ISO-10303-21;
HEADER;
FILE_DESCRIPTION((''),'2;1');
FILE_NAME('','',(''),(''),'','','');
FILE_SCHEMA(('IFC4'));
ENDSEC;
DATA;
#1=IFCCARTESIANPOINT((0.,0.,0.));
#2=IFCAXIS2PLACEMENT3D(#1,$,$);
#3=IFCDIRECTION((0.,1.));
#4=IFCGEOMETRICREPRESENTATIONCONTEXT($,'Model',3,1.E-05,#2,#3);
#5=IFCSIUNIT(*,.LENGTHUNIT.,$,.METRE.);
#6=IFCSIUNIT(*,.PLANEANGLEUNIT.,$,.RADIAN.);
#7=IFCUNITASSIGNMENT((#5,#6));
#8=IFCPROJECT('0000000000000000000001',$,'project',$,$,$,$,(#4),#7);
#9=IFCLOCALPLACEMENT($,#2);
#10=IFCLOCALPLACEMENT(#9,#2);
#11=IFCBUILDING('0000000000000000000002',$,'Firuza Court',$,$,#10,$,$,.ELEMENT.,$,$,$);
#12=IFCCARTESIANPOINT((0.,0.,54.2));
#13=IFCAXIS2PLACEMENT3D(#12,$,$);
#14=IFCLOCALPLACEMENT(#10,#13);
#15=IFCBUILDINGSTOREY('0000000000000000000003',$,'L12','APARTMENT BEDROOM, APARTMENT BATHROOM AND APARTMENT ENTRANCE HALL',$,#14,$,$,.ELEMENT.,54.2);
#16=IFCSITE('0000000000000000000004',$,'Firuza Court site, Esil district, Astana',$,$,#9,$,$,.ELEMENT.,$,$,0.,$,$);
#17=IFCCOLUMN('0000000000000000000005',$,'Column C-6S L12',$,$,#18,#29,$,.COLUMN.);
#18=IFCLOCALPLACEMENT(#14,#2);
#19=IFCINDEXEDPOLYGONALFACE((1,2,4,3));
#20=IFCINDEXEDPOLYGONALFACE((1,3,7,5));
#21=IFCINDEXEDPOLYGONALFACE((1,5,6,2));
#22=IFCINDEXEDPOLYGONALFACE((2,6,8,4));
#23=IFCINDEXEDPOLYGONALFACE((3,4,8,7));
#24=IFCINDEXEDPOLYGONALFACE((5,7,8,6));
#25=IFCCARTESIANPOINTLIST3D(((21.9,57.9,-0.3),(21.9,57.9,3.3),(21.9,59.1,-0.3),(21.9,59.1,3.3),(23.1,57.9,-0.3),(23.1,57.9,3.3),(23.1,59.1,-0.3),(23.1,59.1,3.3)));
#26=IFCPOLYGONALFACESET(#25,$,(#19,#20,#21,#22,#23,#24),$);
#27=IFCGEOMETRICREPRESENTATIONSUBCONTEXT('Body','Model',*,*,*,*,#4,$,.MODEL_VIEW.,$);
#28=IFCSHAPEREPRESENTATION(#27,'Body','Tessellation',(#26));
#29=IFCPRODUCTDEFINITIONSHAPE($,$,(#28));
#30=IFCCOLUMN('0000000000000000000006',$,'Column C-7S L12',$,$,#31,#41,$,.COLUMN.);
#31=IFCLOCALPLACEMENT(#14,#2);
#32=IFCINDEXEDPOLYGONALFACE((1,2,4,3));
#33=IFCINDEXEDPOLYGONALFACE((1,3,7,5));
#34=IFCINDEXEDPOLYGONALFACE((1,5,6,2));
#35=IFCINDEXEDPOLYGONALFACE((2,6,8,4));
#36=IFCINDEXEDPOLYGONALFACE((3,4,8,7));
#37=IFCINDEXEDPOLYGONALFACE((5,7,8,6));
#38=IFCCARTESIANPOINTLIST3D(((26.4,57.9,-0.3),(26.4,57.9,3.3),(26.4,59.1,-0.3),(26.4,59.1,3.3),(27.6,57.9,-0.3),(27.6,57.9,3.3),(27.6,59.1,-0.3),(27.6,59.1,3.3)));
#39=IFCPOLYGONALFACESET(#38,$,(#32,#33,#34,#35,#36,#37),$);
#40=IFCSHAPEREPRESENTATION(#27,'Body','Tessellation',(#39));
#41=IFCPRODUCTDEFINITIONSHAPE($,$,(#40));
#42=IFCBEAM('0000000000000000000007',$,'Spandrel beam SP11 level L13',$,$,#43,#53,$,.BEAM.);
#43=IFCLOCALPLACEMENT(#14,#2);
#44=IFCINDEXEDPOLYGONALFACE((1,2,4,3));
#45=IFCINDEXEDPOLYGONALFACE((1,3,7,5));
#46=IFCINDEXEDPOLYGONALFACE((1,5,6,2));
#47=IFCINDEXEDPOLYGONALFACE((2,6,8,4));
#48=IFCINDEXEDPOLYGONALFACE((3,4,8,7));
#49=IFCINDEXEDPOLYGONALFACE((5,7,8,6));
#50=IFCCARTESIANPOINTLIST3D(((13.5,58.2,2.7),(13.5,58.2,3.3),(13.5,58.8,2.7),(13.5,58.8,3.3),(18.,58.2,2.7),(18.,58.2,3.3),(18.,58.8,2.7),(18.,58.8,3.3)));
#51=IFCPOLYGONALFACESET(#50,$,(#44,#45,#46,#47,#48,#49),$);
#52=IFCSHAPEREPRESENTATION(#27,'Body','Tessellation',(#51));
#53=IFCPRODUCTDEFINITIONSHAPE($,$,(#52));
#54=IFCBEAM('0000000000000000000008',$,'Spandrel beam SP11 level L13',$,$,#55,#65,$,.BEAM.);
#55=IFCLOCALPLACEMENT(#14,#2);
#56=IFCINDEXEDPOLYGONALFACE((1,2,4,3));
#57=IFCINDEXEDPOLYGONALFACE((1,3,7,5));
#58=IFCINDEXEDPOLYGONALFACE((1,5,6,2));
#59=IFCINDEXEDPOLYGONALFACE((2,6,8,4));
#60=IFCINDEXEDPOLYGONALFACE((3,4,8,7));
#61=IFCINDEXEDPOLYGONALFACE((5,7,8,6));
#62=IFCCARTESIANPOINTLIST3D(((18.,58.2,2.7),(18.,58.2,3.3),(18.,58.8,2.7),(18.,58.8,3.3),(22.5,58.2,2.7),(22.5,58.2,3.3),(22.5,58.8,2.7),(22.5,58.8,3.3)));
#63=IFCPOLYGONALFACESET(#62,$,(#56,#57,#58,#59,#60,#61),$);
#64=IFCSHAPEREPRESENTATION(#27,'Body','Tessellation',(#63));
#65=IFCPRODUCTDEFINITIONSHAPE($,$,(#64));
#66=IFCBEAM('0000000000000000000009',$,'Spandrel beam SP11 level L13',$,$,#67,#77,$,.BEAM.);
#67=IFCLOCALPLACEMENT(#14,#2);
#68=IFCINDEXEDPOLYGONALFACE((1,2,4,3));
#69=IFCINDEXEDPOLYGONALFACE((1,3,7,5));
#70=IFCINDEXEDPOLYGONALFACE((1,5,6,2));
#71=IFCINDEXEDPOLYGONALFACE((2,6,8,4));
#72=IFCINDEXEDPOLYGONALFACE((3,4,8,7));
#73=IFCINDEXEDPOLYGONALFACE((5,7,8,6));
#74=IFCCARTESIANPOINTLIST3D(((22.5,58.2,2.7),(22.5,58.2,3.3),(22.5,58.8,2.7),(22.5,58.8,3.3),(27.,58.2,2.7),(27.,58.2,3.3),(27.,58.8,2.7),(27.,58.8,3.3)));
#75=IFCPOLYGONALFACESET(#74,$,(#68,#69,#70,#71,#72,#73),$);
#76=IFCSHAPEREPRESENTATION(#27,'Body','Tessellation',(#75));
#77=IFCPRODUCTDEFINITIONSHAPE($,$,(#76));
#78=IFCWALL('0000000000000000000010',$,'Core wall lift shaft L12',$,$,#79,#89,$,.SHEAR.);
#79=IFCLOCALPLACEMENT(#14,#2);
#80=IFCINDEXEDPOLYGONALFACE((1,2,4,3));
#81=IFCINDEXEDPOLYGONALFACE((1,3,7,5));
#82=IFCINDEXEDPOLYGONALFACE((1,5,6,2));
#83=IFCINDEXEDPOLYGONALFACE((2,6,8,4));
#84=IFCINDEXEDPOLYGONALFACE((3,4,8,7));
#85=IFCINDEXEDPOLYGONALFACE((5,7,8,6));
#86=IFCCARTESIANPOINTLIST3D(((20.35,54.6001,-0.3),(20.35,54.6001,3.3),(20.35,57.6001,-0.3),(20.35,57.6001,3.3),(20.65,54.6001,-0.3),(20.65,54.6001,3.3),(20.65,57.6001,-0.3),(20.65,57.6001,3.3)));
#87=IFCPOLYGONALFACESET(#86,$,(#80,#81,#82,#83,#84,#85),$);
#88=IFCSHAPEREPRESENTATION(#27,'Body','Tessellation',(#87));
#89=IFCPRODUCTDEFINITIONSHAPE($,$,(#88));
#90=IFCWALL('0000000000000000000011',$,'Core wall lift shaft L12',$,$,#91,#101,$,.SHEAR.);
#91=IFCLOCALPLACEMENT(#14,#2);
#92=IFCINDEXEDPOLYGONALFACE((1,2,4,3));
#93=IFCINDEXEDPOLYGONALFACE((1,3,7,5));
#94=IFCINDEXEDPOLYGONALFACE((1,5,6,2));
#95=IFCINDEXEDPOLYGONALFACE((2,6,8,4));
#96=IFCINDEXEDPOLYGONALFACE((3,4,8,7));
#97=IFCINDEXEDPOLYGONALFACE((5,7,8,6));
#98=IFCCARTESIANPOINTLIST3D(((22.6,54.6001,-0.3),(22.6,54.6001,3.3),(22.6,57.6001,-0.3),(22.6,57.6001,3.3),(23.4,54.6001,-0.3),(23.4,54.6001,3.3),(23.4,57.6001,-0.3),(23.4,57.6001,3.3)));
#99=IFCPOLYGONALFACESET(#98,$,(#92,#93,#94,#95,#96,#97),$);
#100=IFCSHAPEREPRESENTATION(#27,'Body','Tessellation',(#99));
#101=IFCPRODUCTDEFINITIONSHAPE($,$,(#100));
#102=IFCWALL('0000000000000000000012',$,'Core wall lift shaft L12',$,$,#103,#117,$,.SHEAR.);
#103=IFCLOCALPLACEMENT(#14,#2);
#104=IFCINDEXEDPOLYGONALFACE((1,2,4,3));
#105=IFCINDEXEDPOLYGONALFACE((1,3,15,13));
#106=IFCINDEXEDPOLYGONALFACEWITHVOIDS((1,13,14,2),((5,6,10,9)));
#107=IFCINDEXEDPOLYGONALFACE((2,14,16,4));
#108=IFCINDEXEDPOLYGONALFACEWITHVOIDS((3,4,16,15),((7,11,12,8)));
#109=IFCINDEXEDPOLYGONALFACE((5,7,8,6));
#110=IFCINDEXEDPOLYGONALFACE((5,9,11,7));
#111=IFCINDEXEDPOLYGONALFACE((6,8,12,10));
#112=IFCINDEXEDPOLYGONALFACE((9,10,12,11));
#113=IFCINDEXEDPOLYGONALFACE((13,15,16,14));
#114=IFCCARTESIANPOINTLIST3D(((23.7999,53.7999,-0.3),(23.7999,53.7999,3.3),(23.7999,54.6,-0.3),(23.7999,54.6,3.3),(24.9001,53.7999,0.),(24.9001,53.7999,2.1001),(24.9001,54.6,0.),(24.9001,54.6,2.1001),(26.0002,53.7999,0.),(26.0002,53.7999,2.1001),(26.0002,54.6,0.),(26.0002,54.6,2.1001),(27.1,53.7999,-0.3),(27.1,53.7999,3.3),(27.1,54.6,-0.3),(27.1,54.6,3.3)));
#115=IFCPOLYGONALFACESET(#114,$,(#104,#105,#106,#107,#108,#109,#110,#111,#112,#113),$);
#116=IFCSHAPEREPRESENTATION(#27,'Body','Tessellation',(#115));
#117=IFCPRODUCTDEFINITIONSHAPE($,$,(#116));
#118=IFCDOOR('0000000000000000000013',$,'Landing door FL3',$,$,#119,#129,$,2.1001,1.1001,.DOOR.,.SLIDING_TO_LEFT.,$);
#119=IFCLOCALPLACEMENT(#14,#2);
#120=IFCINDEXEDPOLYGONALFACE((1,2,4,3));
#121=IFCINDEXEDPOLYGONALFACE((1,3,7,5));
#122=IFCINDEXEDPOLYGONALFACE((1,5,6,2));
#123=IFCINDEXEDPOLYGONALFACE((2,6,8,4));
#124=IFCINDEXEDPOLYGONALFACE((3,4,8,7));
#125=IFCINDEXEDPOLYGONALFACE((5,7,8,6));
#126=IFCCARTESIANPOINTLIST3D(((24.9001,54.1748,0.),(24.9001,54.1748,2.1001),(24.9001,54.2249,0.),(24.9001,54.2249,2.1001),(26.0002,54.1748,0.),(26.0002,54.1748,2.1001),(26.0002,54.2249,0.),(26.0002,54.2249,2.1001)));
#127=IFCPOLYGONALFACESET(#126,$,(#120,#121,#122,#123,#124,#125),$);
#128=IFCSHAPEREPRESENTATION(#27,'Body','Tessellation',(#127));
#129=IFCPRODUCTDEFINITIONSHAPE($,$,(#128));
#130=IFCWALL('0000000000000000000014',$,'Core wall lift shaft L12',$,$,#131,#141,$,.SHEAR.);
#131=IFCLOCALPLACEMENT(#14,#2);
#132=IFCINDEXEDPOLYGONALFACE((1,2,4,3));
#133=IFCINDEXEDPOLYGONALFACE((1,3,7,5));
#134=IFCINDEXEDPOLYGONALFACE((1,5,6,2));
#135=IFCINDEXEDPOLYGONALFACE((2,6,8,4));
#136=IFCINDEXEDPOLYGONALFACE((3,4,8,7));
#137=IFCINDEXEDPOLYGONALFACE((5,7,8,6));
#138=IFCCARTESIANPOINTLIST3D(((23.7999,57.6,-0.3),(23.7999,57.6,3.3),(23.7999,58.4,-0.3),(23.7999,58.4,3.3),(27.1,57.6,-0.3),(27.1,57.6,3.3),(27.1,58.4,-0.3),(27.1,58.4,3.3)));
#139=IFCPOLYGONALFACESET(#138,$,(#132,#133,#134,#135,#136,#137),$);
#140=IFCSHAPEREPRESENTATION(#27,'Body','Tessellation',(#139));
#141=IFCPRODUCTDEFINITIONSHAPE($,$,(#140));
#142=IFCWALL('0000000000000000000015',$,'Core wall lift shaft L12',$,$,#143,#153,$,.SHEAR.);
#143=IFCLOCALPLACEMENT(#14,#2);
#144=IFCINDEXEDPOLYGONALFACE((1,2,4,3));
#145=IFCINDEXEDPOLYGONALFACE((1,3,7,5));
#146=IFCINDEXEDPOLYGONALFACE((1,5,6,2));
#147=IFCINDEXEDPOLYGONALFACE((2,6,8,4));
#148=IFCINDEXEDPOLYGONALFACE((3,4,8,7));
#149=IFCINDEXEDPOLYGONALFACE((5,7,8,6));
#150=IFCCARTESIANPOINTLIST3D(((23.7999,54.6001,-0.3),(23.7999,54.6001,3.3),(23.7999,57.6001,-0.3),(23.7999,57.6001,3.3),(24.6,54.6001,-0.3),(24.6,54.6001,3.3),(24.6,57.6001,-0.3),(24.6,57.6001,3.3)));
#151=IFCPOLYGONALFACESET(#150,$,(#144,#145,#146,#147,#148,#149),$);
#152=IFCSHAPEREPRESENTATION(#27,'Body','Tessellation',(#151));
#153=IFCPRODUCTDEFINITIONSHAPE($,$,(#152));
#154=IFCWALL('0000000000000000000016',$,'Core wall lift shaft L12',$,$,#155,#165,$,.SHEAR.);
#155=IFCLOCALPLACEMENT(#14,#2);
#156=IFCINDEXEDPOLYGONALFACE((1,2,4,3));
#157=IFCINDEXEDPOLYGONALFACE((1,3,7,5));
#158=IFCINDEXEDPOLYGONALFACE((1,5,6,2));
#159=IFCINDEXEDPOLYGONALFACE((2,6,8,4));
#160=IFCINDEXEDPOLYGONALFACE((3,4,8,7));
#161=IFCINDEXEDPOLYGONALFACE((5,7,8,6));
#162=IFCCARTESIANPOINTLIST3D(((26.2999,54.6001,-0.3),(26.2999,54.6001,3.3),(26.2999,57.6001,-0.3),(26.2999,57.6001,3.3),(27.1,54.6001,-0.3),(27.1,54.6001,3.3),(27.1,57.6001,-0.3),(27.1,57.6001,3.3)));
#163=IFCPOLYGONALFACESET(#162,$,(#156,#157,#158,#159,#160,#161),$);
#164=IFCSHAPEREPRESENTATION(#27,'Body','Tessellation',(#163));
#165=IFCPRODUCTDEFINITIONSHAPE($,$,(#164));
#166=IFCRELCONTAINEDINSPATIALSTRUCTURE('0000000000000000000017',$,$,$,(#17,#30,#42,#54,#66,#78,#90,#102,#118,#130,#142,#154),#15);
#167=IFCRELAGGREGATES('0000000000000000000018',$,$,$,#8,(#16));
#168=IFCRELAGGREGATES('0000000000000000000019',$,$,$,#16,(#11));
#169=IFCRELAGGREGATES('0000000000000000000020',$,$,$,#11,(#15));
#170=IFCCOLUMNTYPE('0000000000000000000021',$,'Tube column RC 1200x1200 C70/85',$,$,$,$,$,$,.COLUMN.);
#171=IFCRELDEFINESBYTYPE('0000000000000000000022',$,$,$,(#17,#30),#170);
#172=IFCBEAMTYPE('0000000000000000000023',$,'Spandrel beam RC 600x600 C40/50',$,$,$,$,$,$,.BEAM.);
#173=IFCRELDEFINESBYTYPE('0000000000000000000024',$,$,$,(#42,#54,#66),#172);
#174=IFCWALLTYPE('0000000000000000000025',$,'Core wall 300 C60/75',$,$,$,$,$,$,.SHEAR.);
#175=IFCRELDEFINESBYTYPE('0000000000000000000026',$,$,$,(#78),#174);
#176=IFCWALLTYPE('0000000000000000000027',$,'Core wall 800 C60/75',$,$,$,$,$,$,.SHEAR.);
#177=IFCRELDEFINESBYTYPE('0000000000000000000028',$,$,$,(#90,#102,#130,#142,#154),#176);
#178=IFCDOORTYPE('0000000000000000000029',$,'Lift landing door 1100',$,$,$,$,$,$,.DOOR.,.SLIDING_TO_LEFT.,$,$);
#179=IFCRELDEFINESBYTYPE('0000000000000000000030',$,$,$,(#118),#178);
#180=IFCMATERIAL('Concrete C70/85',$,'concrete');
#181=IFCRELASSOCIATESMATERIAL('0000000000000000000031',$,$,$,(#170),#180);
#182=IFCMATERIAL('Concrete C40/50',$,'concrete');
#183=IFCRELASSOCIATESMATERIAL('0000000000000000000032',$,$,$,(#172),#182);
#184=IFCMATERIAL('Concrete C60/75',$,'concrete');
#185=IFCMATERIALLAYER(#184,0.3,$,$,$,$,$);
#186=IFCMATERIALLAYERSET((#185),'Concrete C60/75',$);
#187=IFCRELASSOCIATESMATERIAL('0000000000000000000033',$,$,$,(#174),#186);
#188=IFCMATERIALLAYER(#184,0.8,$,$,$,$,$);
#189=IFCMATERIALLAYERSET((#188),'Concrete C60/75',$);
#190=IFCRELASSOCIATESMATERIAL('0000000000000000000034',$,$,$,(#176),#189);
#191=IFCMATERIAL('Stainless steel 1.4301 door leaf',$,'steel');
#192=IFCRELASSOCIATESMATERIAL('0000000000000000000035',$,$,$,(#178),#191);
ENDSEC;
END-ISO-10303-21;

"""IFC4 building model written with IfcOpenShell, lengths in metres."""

from ifc_helpers import new_model, si_unit, direction, frame, frame_2d, origin, origin_2d, place, context, subcontext, project, spatial, rectangle, extrude, material, layer, layer_set, material_profile, profile_set, type_object, element, fill, save


model = new_model("IFC4")

# Units and contexts
model_context = context("Model", 3, precision=1e-05, world=origin(), true_north=direction((0.0, 1.0)))
body_context = subcontext(model_context, "Body", "Model", "MODEL_VIEW")
ifc_project = project(units=[si_unit("LENGTHUNIT", "METRE"), si_unit("PLANEANGLEUNIT", "RADIAN")], contexts=[model_context])

# Site, building, storey
site_placement = place(None, origin())
site = spatial("IfcSite", under=ifc_project, at=site_placement, Name="Firuza Court site, Esil district, Astana", CompositionType="ELEMENT", RefElevation=0.0)
building_placement = place(site_placement, origin())
building = spatial("IfcBuilding", under=site, at=building_placement, Name="Firuza Court", CompositionType="ELEMENT")
storey_placement = place(building_placement, frame((0.0, 0.0, 54.2)))
storey = spatial("IfcBuildingStorey", under=building, at=storey_placement, Name="L12", Description="APARTMENT BEDROOM, APARTMENT BATHROOM AND APARTMENT ENTRANCE HALL", CompositionType="ELEMENT", Elevation=54.2)

# Columns
ifc_material_1 = material(Name="Concrete C70/85", Category="concrete")
ifc_material_profile_1 = material_profile(ifc_material_1, rectangle(XDim=1.2, YDim=1.2, at=origin_2d()), Name="RC 1200x1200")
ifc_profile_set_1 = profile_set([ifc_material_profile_1], Name="Concrete C70/85")
column_type = type_object("IfcColumnType", Name="Tube column RC 1200x1200 C70/85", PredefinedType="COLUMN", material=ifc_profile_set_1)
for number, where, z_axis, x_axis, name in (
    (1, (22.5, 58.5, -0.3), (0.0, 0.0, 1.0), (1.0, 0.0, 0.0), "Column C-6S L12"),
    (2, (27.0, 58.5, -0.3), (0.0, 0.0, 1.0), (1.0, 0.0, 0.0), "Column C-7S L12"),
):
    element("IfcColumn", number, at=place(storey_placement, frame(where, z_axis=z_axis, x_axis=x_axis)), inside=storey, type_object=column_type, Name=name, PredefinedType="COLUMN", context=body_context, shape_type="SweptSolid", body=[
        extrude(rectangle(XDim=1.2, YDim=1.2, at=origin_2d()), origin(), (0.0, 0.0, 1.0), 3.6001),
    ])

# Beams
ifc_material_2 = material(Name="Concrete C40/50", Category="concrete")
ifc_material_profile_2 = material_profile(ifc_material_2, rectangle(XDim=0.6001, YDim=0.6001, at=origin_2d()), Name="RC 600x600")
ifc_profile_set_2 = profile_set([ifc_material_profile_2], Name="Concrete C40/50")
beam_type = type_object("IfcBeamType", Name="Spandrel beam RC 600x600 C40/50", PredefinedType="BEAM", material=ifc_profile_set_2)
for number, where, z_axis, x_axis, name in (
    (3, (18.0, 58.5, 3.0), (-1.0, 0.0, 0.0), (0.0, -1.0, 0.0), "Spandrel beam SP11 level L13"),
    (4, (22.5, 58.5, 3.0), (-1.0, 0.0, 0.0), (0.0, -1.0, 0.0), "Spandrel beam SP11 level L13"),
    (5, (27.0, 58.5, 3.0), (-1.0, 0.0, 0.0), (0.0, -1.0, 0.0), "Spandrel beam SP11 level L13"),
):
    element("IfcBeam", number, at=place(storey_placement, frame(where, z_axis=z_axis, x_axis=x_axis)), inside=storey, type_object=beam_type, Name=name, PredefinedType="BEAM", context=body_context, shape_type="SweptSolid", body=[
        extrude(rectangle(XDim=0.6001, YDim=0.6001, at=origin_2d()), origin(), (0.0, 0.0, 1.0), 4.5),
    ])

# Walls
ifc_material_3 = material(Name="Concrete C60/75", Category="concrete")
ifc_layer_1 = layer(ifc_material_3, 0.3)
ifc_layer_set_1 = layer_set([ifc_layer_1], Name="Concrete C60/75")
wall_type_1 = type_object("IfcWallType", Name="Core wall 300 C60/75", PredefinedType="SHEAR", material=ifc_layer_set_1)
wall_1_placement = place(storey_placement, frame((20.5, 54.6001, -0.3), z_axis=(0.0, 0.0, 1.0), x_axis=(0.0, 1.0, 0.0)))
element("IfcWall", 6, at=wall_1_placement, inside=storey, type_object=wall_type_1, Name="Core wall lift shaft L12", PredefinedType="SHEAR", context=body_context, shape_type="SweptSolid", body=[
    extrude(rectangle(XDim=3.0, YDim=0.3, at=frame_2d((1.5, 0.0))), origin(), (0.0, 0.0, 1.0), 3.6001),
])
ifc_layer_2 = layer(ifc_material_3, 0.8)
ifc_layer_set_2 = layer_set([ifc_layer_2], Name="Concrete C60/75")
wall_type_2 = type_object("IfcWallType", Name="Core wall 800 C60/75", PredefinedType="SHEAR", material=ifc_layer_set_2)
wall_2_placement = place(storey_placement, frame((23.0, 54.6001, -0.3), z_axis=(0.0, 0.0, 1.0), x_axis=(0.0, 1.0, 0.0)))
element("IfcWall", 7, at=wall_2_placement, inside=storey, type_object=wall_type_2, Name="Core wall lift shaft L12", PredefinedType="SHEAR", context=body_context, shape_type="SweptSolid", body=[
    extrude(rectangle(XDim=3.0, YDim=0.8, at=frame_2d((1.5, 0.0))), origin(), (0.0, 0.0, 1.0), 3.6001),
])

# Wall, opening, door
wall_3_placement = place(storey_placement, frame((23.8, 54.2, -0.3), z_axis=(0.0, 0.0, 1.0), x_axis=(1.0, 0.0, 0.0)))
wall_3 = element("IfcWall", 8, at=wall_3_placement, inside=storey, type_object=wall_type_2, Name="Core wall lift shaft L12", PredefinedType="SHEAR", context=body_context, shape_type="SweptSolid", body=[
    extrude(rectangle(XDim=3.3, YDim=0.8, at=frame_2d((1.6499, 0.0))), origin(), (0.0, 0.0, 1.0), 3.6001),
])
opening_1_placement = place(wall_3_placement, frame((1.1001, 0.0, 0.3)))
opening_1 = element("IfcOpeningElement", 9, at=opening_1_placement, cuts=wall_3, PredefinedType="OPENING", context=body_context, shape_type="SweptSolid", body=[
    extrude(rectangle(XDim=1.1001, YDim=2.1001, at=frame_2d((0.55, 1.05))), frame((0.0, 0.4121, 0.0), z_axis=(0.0, -1.0, 0.0), x_axis=(1.0, 0.0, 0.0)), (0.0, 0.0, 1.0), 0.824),
])
ifc_material_4 = material(Name="Stainless steel 1.4301 door leaf", Category="steel")
door_type_1 = type_object("IfcDoorType", Name="Lift landing door 1100", OperationType="SLIDING_TO_LEFT", PredefinedType="DOOR", material=ifc_material_4)
door_1_placement = place(opening_1_placement, origin())
door_1 = element("IfcDoor", 10, at=door_1_placement, inside=storey, type_object=door_type_1, Name="Landing door FL3", OperationType="SLIDING_TO_LEFT", OverallHeight=2.1001, OverallWidth=1.1001, PredefinedType="DOOR", context=body_context, shape_type="SweptSolid", body=[
    extrude(rectangle(XDim=1.1001, YDim=2.1001, at=frame_2d((0.55, 1.05))), frame((0.0, 0.0249, 0.0), z_axis=(0.0, -1.0, 0.0), x_axis=(1.0, 0.0, 0.0)), (0.0, 0.0, 1.0), 0.05),
])
fill(opening_1, door_1)

# Walls
wall_4_placement = place(storey_placement, frame((23.8, 58.0, -0.3), z_axis=(0.0, 0.0, 1.0), x_axis=(1.0, 0.0, 0.0)))
element("IfcWall", 11, at=wall_4_placement, inside=storey, type_object=wall_type_2, Name="Core wall lift shaft L12", PredefinedType="SHEAR", context=body_context, shape_type="SweptSolid", body=[
    extrude(rectangle(XDim=3.3, YDim=0.8, at=frame_2d((1.6499, 0.0))), origin(), (0.0, 0.0, 1.0), 3.6001),
])
for number, where, z_axis, x_axis, name in (
    (12, (24.2, 54.6001, -0.3), (0.0, 0.0, 1.0), (0.0, 1.0, 0.0), "Core wall lift shaft L12"),
    (13, (26.7, 54.6001, -0.3), (0.0, 0.0, 1.0), (0.0, 1.0, 0.0), "Core wall lift shaft L12"),
):
    element("IfcWall", number, at=place(storey_placement, frame(where, z_axis=z_axis, x_axis=x_axis)), inside=storey, type_object=wall_type_2, Name=name, PredefinedType="SHEAR", context=body_context, shape_type="SweptSolid", body=[
        extrude(rectangle(XDim=3.0, YDim=0.8, at=frame_2d((1.5, 0.0))), origin(), (0.0, 0.0, 1.0), 3.6001),
    ])

save(model, "model.ifc")
